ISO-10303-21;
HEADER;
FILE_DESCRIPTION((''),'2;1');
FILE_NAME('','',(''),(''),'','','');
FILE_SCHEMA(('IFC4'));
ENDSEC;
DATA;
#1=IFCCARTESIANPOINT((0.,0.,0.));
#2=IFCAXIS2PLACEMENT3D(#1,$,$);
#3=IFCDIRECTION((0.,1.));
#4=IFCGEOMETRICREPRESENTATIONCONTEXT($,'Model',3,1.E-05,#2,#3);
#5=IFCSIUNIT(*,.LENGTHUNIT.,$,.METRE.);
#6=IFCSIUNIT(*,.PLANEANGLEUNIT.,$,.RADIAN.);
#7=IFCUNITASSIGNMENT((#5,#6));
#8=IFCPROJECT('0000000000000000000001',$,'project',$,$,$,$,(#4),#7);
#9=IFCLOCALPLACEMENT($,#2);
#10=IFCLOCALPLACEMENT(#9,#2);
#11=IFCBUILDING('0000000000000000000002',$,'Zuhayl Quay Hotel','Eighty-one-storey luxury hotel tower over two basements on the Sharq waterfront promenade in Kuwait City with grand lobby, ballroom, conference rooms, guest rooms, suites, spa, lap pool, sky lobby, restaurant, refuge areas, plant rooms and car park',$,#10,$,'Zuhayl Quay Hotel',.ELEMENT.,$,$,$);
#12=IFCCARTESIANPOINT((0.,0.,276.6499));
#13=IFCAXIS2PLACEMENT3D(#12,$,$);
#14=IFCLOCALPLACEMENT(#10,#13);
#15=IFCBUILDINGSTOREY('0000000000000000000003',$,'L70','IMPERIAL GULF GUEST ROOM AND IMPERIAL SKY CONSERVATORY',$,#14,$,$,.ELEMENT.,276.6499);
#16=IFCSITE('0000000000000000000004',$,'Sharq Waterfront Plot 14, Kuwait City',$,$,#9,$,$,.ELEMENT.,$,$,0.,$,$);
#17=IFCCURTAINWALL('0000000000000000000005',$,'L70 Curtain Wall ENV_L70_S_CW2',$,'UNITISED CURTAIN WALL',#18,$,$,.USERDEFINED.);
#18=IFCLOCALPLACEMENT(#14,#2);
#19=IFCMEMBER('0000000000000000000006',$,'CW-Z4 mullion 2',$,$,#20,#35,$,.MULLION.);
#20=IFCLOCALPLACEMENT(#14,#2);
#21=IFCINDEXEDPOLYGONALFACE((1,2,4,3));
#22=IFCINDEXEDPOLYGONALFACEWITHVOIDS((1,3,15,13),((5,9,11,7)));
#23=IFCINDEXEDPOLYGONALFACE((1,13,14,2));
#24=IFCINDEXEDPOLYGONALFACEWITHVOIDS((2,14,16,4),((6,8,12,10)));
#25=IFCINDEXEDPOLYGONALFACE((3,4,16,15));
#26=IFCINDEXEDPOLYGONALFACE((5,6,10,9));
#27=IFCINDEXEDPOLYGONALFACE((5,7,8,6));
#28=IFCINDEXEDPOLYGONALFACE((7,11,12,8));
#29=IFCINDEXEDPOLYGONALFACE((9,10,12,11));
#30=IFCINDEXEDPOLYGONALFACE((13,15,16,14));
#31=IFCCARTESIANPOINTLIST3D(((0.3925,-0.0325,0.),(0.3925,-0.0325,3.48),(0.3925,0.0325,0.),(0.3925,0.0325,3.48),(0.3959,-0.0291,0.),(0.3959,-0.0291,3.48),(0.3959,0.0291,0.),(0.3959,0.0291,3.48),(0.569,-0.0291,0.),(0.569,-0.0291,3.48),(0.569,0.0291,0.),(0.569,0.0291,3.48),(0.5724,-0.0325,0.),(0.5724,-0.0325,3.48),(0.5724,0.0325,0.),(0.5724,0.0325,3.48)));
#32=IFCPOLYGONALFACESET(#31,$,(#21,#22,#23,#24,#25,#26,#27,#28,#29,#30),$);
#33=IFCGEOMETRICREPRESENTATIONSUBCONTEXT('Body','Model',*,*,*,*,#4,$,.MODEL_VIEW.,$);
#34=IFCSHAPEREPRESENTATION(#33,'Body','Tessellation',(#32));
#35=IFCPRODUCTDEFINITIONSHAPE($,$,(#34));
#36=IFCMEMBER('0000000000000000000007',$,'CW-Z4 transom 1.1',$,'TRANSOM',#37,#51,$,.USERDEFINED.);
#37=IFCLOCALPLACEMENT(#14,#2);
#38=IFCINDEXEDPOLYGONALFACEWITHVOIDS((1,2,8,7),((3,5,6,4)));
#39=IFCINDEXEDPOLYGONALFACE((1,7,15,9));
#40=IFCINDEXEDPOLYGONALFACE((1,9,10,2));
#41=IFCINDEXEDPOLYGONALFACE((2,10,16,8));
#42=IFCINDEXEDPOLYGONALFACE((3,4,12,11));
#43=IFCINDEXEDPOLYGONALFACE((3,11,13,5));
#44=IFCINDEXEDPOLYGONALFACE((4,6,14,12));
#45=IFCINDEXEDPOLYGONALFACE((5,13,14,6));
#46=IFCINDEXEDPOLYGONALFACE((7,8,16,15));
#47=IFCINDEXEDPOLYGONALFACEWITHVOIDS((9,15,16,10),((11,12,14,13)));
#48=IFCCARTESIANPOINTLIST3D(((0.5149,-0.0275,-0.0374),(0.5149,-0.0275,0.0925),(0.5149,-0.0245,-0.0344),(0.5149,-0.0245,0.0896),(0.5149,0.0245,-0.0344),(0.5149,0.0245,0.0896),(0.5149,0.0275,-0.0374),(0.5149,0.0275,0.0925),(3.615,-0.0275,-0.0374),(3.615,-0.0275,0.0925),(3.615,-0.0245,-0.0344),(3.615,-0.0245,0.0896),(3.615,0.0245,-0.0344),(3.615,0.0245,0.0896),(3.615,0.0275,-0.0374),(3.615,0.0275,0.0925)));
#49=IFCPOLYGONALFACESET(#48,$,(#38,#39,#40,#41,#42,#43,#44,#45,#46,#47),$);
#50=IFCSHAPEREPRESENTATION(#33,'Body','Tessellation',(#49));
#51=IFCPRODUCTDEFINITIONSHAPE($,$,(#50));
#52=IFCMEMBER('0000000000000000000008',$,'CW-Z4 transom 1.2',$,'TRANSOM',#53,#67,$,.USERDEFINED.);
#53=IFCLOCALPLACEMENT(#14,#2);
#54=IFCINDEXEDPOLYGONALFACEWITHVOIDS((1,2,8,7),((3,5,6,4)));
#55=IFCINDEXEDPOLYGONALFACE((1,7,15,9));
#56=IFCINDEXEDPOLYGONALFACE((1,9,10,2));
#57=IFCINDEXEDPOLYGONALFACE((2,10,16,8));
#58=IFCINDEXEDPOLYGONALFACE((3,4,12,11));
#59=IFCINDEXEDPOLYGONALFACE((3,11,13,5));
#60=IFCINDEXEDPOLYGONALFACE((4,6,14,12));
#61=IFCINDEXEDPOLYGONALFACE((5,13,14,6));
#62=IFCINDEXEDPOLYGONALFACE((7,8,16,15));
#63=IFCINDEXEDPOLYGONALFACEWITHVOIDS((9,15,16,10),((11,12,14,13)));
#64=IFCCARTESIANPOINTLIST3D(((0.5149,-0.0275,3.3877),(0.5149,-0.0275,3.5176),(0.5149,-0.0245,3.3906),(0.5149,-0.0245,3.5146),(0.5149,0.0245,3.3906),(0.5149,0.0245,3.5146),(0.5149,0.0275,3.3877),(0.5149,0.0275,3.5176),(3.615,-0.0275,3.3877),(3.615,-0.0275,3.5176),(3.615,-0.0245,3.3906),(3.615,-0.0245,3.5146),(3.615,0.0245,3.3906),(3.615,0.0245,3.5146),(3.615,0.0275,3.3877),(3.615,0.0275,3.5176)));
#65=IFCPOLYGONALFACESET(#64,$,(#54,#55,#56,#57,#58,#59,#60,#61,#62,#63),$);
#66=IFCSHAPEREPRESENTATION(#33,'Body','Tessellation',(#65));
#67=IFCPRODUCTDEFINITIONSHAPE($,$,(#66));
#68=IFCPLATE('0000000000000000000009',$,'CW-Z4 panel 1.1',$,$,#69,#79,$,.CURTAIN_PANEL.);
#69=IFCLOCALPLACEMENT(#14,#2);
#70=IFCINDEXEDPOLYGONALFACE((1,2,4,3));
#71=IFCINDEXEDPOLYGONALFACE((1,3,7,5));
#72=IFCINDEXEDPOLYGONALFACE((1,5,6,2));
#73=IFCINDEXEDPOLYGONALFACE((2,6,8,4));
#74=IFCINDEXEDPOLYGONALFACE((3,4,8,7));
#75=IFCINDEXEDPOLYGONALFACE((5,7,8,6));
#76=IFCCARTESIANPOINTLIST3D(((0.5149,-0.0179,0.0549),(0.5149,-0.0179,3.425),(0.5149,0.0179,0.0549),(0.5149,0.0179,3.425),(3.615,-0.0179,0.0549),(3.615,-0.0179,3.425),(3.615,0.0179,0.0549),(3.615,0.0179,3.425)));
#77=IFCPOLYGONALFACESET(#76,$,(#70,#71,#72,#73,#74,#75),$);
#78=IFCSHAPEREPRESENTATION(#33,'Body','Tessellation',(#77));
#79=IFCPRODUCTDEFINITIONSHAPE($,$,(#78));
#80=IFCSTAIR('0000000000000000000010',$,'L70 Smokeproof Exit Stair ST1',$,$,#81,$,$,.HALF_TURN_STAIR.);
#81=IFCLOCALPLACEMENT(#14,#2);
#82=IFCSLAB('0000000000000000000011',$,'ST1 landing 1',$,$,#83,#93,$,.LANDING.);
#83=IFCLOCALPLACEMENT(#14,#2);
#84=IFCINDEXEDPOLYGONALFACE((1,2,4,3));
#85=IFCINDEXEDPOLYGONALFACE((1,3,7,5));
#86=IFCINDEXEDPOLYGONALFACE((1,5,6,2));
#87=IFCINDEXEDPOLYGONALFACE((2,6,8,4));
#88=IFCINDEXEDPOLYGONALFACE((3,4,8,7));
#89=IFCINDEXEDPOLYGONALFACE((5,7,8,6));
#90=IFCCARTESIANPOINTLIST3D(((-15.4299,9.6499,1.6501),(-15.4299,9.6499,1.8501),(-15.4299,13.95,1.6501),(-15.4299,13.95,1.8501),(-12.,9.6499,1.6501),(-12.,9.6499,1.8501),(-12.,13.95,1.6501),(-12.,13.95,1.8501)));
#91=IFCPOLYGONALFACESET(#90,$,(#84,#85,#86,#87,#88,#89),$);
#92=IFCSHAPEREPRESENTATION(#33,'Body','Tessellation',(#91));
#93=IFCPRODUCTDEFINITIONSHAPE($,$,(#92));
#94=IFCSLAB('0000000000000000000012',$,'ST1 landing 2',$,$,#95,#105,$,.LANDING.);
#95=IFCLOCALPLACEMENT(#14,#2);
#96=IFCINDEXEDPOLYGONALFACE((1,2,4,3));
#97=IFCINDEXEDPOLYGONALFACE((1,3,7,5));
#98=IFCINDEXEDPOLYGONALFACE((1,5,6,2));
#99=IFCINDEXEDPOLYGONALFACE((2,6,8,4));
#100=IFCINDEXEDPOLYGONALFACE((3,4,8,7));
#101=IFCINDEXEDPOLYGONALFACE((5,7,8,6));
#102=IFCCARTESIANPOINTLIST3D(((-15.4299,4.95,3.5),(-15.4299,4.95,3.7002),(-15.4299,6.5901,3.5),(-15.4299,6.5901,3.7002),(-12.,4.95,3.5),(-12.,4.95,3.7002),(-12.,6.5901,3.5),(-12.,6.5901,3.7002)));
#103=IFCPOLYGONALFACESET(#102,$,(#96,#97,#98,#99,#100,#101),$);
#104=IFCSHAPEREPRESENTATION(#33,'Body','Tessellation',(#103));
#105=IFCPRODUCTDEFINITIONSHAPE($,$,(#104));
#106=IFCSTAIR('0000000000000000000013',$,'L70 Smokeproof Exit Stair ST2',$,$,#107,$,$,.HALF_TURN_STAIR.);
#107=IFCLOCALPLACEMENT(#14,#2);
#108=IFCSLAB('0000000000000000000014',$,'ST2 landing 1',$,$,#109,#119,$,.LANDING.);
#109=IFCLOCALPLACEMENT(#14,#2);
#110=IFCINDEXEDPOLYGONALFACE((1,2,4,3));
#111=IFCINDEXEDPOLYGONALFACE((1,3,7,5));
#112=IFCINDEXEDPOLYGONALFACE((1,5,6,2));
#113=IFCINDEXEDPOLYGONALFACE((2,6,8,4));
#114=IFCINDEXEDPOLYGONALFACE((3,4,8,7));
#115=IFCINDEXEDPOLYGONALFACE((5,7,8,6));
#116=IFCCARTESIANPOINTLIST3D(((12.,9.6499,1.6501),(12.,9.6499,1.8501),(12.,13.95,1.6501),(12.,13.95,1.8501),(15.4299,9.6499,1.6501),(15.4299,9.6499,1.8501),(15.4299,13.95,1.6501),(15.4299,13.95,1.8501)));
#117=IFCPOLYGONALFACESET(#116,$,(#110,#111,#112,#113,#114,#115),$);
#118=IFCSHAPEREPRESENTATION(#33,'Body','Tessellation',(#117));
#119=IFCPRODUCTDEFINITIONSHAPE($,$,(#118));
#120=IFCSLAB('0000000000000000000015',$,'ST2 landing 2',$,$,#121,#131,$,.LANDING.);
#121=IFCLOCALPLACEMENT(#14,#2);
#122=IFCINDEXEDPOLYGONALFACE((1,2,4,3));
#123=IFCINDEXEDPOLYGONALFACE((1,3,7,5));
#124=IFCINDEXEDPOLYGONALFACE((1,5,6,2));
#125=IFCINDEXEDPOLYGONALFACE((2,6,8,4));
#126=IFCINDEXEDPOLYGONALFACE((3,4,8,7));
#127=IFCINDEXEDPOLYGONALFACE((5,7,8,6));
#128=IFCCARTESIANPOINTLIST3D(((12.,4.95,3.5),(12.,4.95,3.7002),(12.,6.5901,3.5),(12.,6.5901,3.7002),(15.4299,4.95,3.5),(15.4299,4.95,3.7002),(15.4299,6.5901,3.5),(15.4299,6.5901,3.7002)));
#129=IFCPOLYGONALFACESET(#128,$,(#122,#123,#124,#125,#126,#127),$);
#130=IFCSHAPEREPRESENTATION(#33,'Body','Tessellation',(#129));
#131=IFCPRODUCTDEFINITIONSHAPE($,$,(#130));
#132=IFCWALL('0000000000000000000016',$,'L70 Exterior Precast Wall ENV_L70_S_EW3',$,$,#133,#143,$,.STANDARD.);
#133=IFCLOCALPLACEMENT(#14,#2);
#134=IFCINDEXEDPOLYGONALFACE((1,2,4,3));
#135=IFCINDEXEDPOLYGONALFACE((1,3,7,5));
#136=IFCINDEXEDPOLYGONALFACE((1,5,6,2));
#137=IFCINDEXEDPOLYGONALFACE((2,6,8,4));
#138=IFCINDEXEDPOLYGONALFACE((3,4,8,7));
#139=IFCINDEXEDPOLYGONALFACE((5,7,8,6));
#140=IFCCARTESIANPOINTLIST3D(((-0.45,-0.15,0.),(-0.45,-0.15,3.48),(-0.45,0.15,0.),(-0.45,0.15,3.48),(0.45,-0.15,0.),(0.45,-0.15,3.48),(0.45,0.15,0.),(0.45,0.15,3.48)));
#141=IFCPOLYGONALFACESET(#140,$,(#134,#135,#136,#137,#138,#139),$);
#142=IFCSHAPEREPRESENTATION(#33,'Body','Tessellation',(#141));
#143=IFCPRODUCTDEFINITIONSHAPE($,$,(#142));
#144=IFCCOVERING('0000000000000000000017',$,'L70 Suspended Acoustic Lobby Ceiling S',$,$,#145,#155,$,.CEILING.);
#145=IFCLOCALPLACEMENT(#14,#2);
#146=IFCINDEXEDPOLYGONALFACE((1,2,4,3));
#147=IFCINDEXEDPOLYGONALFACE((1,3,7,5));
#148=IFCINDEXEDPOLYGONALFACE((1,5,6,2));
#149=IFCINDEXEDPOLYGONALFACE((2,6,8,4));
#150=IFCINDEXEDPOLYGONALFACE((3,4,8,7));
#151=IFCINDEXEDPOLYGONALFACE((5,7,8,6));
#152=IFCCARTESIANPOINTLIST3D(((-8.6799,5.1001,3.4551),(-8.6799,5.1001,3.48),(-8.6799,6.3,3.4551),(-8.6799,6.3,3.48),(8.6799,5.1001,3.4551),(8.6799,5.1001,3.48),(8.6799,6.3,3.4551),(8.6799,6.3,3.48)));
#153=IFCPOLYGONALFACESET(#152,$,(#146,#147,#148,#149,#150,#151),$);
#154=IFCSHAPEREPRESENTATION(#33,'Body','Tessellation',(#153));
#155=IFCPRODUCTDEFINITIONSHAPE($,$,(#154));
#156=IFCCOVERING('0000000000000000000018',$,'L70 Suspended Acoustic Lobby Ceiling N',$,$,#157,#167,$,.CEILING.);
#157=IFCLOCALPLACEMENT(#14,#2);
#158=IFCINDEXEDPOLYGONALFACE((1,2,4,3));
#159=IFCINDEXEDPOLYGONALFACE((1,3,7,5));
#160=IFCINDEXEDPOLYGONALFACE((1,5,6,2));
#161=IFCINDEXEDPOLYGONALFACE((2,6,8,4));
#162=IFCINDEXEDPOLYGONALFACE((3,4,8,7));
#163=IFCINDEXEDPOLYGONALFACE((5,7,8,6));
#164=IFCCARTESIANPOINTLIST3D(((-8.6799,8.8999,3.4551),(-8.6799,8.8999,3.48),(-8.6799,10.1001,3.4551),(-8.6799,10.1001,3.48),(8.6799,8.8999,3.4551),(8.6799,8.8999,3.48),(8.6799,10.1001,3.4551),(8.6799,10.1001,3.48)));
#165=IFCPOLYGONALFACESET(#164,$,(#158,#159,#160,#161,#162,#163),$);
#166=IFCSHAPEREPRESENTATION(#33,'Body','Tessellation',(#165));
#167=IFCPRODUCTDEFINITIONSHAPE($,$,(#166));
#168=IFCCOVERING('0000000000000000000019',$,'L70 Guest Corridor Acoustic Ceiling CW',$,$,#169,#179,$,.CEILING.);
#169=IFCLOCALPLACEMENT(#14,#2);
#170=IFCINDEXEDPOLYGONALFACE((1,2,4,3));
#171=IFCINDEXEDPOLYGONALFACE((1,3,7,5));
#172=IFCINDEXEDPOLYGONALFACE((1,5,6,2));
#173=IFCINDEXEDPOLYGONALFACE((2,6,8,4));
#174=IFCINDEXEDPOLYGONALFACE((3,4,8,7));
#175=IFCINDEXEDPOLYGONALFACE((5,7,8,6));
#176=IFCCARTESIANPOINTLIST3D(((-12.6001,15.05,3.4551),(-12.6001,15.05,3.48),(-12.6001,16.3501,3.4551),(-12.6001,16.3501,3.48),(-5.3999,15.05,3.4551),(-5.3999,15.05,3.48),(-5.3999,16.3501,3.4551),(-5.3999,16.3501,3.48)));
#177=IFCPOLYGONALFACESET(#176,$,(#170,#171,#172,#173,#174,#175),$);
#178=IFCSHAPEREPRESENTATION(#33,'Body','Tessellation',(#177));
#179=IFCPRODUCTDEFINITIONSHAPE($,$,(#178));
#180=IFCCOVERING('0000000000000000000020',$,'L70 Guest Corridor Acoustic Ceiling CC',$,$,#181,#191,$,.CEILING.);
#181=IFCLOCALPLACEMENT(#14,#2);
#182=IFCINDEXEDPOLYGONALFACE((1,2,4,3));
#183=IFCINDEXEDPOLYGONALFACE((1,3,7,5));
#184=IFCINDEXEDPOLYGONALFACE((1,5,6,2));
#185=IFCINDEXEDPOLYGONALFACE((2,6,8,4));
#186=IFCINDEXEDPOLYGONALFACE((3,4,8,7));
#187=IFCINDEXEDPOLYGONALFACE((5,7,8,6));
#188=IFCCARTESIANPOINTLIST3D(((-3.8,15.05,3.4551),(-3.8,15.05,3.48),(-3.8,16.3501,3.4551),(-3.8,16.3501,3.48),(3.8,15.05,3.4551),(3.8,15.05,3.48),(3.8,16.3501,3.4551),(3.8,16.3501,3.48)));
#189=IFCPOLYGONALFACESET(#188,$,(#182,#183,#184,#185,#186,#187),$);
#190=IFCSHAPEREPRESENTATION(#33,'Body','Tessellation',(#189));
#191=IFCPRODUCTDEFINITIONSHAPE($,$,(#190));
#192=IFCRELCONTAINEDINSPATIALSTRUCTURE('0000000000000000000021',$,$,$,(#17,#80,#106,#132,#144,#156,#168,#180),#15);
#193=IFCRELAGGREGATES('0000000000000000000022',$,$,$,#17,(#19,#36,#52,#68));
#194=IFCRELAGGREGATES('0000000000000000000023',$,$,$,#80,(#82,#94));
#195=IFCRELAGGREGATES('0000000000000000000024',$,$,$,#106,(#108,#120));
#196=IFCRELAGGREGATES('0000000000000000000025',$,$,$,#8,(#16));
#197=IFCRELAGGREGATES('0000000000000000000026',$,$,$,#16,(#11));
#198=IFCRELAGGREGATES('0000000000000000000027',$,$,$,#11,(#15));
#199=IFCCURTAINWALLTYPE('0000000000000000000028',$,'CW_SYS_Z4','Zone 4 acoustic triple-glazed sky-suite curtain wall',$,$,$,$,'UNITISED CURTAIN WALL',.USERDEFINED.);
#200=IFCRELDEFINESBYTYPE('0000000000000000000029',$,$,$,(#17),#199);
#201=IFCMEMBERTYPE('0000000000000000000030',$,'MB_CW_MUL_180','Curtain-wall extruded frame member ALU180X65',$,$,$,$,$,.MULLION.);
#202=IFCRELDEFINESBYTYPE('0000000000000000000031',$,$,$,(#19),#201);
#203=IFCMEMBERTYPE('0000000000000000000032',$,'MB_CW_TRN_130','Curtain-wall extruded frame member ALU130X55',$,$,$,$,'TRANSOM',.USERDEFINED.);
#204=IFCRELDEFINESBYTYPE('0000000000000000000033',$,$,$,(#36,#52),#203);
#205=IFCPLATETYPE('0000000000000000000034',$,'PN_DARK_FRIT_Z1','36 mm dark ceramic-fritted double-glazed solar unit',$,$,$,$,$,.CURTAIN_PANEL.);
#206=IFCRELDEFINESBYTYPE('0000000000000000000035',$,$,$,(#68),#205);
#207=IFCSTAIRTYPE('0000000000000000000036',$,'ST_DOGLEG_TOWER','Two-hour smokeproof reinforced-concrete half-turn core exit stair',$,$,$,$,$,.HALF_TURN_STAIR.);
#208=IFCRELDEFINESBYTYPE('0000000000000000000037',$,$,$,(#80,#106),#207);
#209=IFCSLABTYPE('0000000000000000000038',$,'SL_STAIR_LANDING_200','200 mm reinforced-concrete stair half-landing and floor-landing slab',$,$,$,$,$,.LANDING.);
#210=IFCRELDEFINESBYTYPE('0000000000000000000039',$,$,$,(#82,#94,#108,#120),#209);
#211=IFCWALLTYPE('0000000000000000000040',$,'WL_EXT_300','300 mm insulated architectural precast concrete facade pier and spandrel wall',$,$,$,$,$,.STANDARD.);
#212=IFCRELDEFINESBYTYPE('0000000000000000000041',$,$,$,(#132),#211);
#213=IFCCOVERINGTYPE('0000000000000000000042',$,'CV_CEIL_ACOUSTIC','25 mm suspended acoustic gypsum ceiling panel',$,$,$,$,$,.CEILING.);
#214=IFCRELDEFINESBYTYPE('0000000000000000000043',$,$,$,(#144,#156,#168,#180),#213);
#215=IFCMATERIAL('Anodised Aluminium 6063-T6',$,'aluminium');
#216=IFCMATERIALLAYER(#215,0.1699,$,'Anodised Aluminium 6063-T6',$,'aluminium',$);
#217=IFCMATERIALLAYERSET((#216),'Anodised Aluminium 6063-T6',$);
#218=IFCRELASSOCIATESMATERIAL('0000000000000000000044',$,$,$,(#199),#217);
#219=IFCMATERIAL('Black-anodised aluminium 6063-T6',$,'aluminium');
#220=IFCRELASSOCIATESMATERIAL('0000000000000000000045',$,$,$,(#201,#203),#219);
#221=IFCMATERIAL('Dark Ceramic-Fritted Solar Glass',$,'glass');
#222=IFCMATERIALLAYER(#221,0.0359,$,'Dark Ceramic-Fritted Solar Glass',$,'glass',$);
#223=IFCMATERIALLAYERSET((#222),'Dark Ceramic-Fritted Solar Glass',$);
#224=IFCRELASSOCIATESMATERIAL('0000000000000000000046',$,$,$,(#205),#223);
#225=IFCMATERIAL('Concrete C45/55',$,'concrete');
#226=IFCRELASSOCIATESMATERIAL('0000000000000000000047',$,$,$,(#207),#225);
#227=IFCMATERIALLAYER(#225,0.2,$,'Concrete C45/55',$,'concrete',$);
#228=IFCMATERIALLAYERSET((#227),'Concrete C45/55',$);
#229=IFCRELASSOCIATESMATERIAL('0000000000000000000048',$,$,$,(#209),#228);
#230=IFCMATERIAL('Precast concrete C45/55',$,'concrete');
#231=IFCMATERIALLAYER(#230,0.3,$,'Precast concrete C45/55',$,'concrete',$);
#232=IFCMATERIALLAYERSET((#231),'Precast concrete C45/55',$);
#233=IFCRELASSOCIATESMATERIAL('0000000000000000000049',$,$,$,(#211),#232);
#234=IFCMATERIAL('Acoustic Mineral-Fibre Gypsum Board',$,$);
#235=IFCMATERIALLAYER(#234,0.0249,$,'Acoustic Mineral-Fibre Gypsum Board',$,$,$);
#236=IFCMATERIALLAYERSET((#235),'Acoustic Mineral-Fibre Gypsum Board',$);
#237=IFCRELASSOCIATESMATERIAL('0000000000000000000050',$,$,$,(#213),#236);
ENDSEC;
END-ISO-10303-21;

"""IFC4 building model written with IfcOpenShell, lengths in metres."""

from ifc_helpers import new_model, si_unit, direction, frame, frame_2d, origin, origin_2d, place, context, subcontext, project, spatial, polyline, rectangle, hollow_rectangle, outline, extrude, material, layer, layer_set, material_profile, profile_set, type_object, element, aggregate, save


model = new_model("IFC4")

# Units and contexts
model_context = context("Model", 3, precision=1e-05, world=origin(), true_north=direction((0.0, 1.0)))
body_context = subcontext(model_context, "Body", "Model", "MODEL_VIEW")
ifc_project = project(units=[si_unit("LENGTHUNIT", "METRE"), si_unit("PLANEANGLEUNIT", "RADIAN")], contexts=[model_context])

# Site, building, storey
site_placement = place(None, origin())
site = spatial("IfcSite", under=ifc_project, at=site_placement, Name="Sharq Waterfront Plot 14, Kuwait City", CompositionType="ELEMENT", RefElevation=0.0)
building_placement = place(site_placement, origin())
building = spatial("IfcBuilding", under=site, at=building_placement, Name="Zuhayl Quay Hotel", Description="Eighty-one-storey luxury hotel tower over two basements on the Sharq waterfront promenade in Kuwait City with grand lobby, ballroom, conference rooms, guest rooms, suites, spa, lap pool, sky lobby, restaurant, refuge areas, plant rooms and car park", LongName="Zuhayl Quay Hotel", CompositionType="ELEMENT")
storey_placement = place(building_placement, frame((0.0, 0.0, 276.6499)))
storey = spatial("IfcBuildingStorey", under=building, at=storey_placement, Name="L70", Description="IMPERIAL GULF GUEST ROOM AND IMPERIAL SKY CONSERVATORY", CompositionType="ELEMENT", Elevation=276.6499)

# Curtain wall, members, plate
ifc_material_1 = material(Name="Anodised Aluminium 6063-T6", Category="aluminium")
ifc_layer_1 = layer(ifc_material_1, 0.1699, Name="Anodised Aluminium 6063-T6", Category="aluminium")
ifc_layer_set_1 = layer_set([ifc_layer_1], Name="Anodised Aluminium 6063-T6")
curtain_wall_type = type_object("IfcCurtainWallType", Name="CW_SYS_Z4", Description="Zone 4 acoustic triple-glazed sky-suite curtain wall", ElementType="UNITISED CURTAIN WALL", PredefinedType="USERDEFINED", material=ifc_layer_set_1)
curtain_wall_placement = place(storey_placement, origin())
curtain_wall = element("IfcCurtainWall", 1, at=curtain_wall_placement, inside=storey, type_object=curtain_wall_type, Name="L70 Curtain Wall ENV_L70_S_CW2", ObjectType="UNITISED CURTAIN WALL", PredefinedType="USERDEFINED")
ifc_material_2 = material(Name="Black-anodised aluminium 6063-T6", Category="aluminium")
ifc_material_profile_1 = material_profile(ifc_material_2, hollow_rectangle(XDim=0.0649, YDim=0.1799, WallThickness=0.0034, at=origin_2d()), Name="ALU180X65")
ifc_profile_set_1 = profile_set([ifc_material_profile_1], Name="Black-anodised aluminium 6063-T6")
member_type_1 = type_object("IfcMemberType", Name="MB_CW_MUL_180", Description="Curtain-wall extruded frame member ALU180X65", PredefinedType="MULLION", material=ifc_profile_set_1)
member_1_placement = place(storey_placement, frame((0.4824, 0.0, 0.0), z_axis=(0.0, 0.0, 1.0), x_axis=(0.0, -1.0, 0.0)))
member_1 = element("IfcMember", 2, at=member_1_placement, type_object=member_type_1, Name="CW-Z4 mullion 2", PredefinedType="MULLION", context=body_context, shape_type="SweptSolid", body=[
    extrude(hollow_rectangle(XDim=0.0649, YDim=0.1799, WallThickness=0.0034, at=origin_2d()), origin(), (0.0, 0.0, 1.0), 3.48),
])
ifc_material_profile_2 = material_profile(ifc_material_2, hollow_rectangle(XDim=0.0549, YDim=0.1299, WallThickness=0.0029, at=origin_2d()), Name="ALU130X55")
ifc_profile_set_2 = profile_set([ifc_material_profile_2], Name="Black-anodised aluminium 6063-T6")
member_type_2 = type_object("IfcMemberType", Name="MB_CW_TRN_130", Description="Curtain-wall extruded frame member ALU130X55", ElementType="TRANSOM", PredefinedType="USERDEFINED", material=ifc_profile_set_2)
member_2_placement = place(storey_placement, frame((3.615, 0.0, 0.0276), z_axis=(-1.0, 0.0, 0.0), x_axis=(0.0, -1.0, 0.0)))
member_2 = element("IfcMember", 3, at=member_2_placement, type_object=member_type_2, Name="CW-Z4 transom 1.1", ObjectType="TRANSOM", PredefinedType="USERDEFINED", context=body_context, shape_type="SweptSolid", body=[
    extrude(hollow_rectangle(XDim=0.0549, YDim=0.1299, WallThickness=0.0029, at=origin_2d()), origin(), (0.0, 0.0, 1.0), 3.1001),
])
member_3_placement = place(storey_placement, frame((3.615, 0.0, 3.4526), z_axis=(-1.0, 0.0, 0.0), x_axis=(0.0, -1.0, 0.0)))
member_3 = element("IfcMember", 4, at=member_3_placement, type_object=member_type_2, Name="CW-Z4 transom 1.2", ObjectType="TRANSOM", PredefinedType="USERDEFINED", context=body_context, shape_type="SweptSolid", body=[
    extrude(hollow_rectangle(XDim=0.0549, YDim=0.1299, WallThickness=0.0029, at=origin_2d()), origin(), (0.0, 0.0, 1.0), 3.1001),
])
ifc_material_3 = material(Name="Dark Ceramic-Fritted Solar Glass", Category="glass")
ifc_layer_2 = layer(ifc_material_3, 0.0359, Name="Dark Ceramic-Fritted Solar Glass", Category="glass")
ifc_layer_set_2 = layer_set([ifc_layer_2], Name="Dark Ceramic-Fritted Solar Glass")
plate_type = type_object("IfcPlateType", Name="PN_DARK_FRIT_Z1", Description="36 mm dark ceramic-fritted double-glazed solar unit", PredefinedType="CURTAIN_PANEL", material=ifc_layer_set_2)
plate_placement = place(storey_placement, frame((2.0649, 0.0, 0.0549), z_axis=(0.0, 0.0, 1.0), x_axis=(-1.0, 0.0, 0.0)))
plate = element("IfcPlate", 5, at=plate_placement, type_object=plate_type, Name="CW-Z4 panel 1.1", PredefinedType="CURTAIN_PANEL", context=body_context, shape_type="SweptSolid", body=[
    extrude(rectangle(XDim=3.1001, YDim=0.0359, at=origin_2d()), origin(), (0.0, 0.0, 1.0), 3.3701),
])
aggregate(curtain_wall, [member_1, member_2, member_3, plate])

# Stairs, slabs
ifc_material_4 = material(Name="Concrete C45/55", Category="concrete")
stair_type = type_object("IfcStairType", Name="ST_DOGLEG_TOWER", Description="Two-hour smokeproof reinforced-concrete half-turn core exit stair", PredefinedType="HALF_TURN_STAIR", material=ifc_material_4)
stair_1_placement = place(storey_placement, origin())
stair_1 = element("IfcStair", 6, at=stair_1_placement, inside=storey, type_object=stair_type, Name="L70 Smokeproof Exit Stair ST1", PredefinedType="HALF_TURN_STAIR")
ifc_layer_3 = layer(ifc_material_4, 0.2, Name="Concrete C45/55", Category="concrete")
ifc_layer_set_3 = layer_set([ifc_layer_3], Name="Concrete C45/55")
slab_type = type_object("IfcSlabType", Name="SL_STAIR_LANDING_200", Description="200 mm reinforced-concrete stair half-landing and floor-landing slab", PredefinedType="LANDING", material=ifc_layer_set_3)
slab_1_placement = place(storey_placement, frame((0.0, 0.0, 1.6501)))
slab_1 = element("IfcSlab", 7, at=slab_1_placement, type_object=slab_type, Name="ST1 landing 1", PredefinedType="LANDING", context=body_context, shape_type="SweptSolid", body=[
    extrude(outline(polyline([(-12.0, 9.6499), (-12.0, 13.95), (-15.4299, 13.95), (-15.4299, 9.6499), (-12.0, 9.6499)])), origin(), (0.0, 0.0, 1.0), 0.2),
])
slab_2_placement = place(storey_placement, frame((0.0, 0.0, 3.5)))
slab_2 = element("IfcSlab", 8, at=slab_2_placement, type_object=slab_type, Name="ST1 landing 2", PredefinedType="LANDING", context=body_context, shape_type="SweptSolid", body=[
    extrude(outline(polyline([(-12.0, 4.95), (-12.0, 6.5901), (-15.4299, 6.5901), (-15.4299, 4.95), (-12.0, 4.95)])), origin(), (0.0, 0.0, 1.0), 0.2002),
])
aggregate(stair_1, [slab_1, slab_2])
stair_2_placement = place(storey_placement, origin())
stair_2 = element("IfcStair", 9, at=stair_2_placement, inside=storey, type_object=stair_type, Name="L70 Smokeproof Exit Stair ST2", PredefinedType="HALF_TURN_STAIR")
slab_3_placement = place(storey_placement, frame((0.0, 0.0, 1.6501)))
slab_3 = element("IfcSlab", 10, at=slab_3_placement, type_object=slab_type, Name="ST2 landing 1", PredefinedType="LANDING", context=body_context, shape_type="SweptSolid", body=[
    extrude(outline(polyline([(15.4299, 9.6499), (15.4299, 13.95), (12.0, 13.95), (12.0, 9.6499), (15.4299, 9.6499)])), origin(), (0.0, 0.0, 1.0), 0.2),
])
slab_4_placement = place(storey_placement, frame((0.0, 0.0, 3.5)))
slab_4 = element("IfcSlab", 11, at=slab_4_placement, type_object=slab_type, Name="ST2 landing 2", PredefinedType="LANDING", context=body_context, shape_type="SweptSolid", body=[
    extrude(outline(polyline([(15.4299, 4.95), (15.4299, 6.5901), (12.0, 6.5901), (12.0, 4.95), (15.4299, 4.95)])), origin(), (0.0, 0.0, 1.0), 0.2002),
])
aggregate(stair_2, [slab_3, slab_4])

# Wall
ifc_material_5 = material(Name="Precast concrete C45/55", Category="concrete")
ifc_layer_4 = layer(ifc_material_5, 0.3, Name="Precast concrete C45/55", Category="concrete")
ifc_layer_set_4 = layer_set([ifc_layer_4], Name="Precast concrete C45/55")
wall_type = type_object("IfcWallType", Name="WL_EXT_300", Description="300 mm insulated architectural precast concrete facade pier and spandrel wall", PredefinedType="STANDARD", material=ifc_layer_set_4)
wall_placement = place(storey_placement, frame((0.45, 0.0, 0.0), z_axis=(0.0, 0.0, 1.0), x_axis=(-1.0, 0.0, 0.0)))
element("IfcWall", 12, at=wall_placement, inside=storey, type_object=wall_type, Name="L70 Exterior Precast Wall ENV_L70_S_EW3", PredefinedType="STANDARD", context=body_context, shape_type="SweptSolid", body=[
    extrude(rectangle(XDim=0.8999, YDim=0.3, at=frame_2d((0.45, 0.0))), origin(), (0.0, 0.0, 1.0), 3.48),
])

# Coverings
ifc_material_6 = material(Name="Acoustic Mineral-Fibre Gypsum Board")
ifc_layer_5 = layer(ifc_material_6, 0.0249, Name="Acoustic Mineral-Fibre Gypsum Board")
ifc_layer_set_5 = layer_set([ifc_layer_5], Name="Acoustic Mineral-Fibre Gypsum Board")
covering_type_1 = type_object("IfcCoveringType", Name="CV_CEIL_ACOUSTIC", Description="25 mm suspended acoustic gypsum ceiling panel", PredefinedType="CEILING", material=ifc_layer_set_5)
covering_1_placement = place(storey_placement, frame((0.0, 0.0, 3.4551)))
element("IfcCovering", 13, at=covering_1_placement, inside=storey, type_object=covering_type_1, Name="L70 Suspended Acoustic Lobby Ceiling S", PredefinedType="CEILING", context=body_context, shape_type="SweptSolid", body=[
    extrude(outline(polyline([(-8.6799, 5.1001), (8.6799, 5.1001), (8.6799, 6.3), (-8.6799, 6.3), (-8.6799, 5.1001)])), origin(), (0.0, 0.0, 1.0), 0.0249),
])
covering_2_placement = place(storey_placement, frame((0.0, 0.0, 3.4551)))
element("IfcCovering", 14, at=covering_2_placement, inside=storey, type_object=covering_type_1, Name="L70 Suspended Acoustic Lobby Ceiling N", PredefinedType="CEILING", context=body_context, shape_type="SweptSolid", body=[
    extrude(outline(polyline([(-8.6799, 8.8999), (8.6799, 8.8999), (8.6799, 10.1001), (-8.6799, 10.1001), (-8.6799, 8.8999)])), origin(), (0.0, 0.0, 1.0), 0.0249),
])
covering_3_placement = place(storey_placement, frame((0.0, 0.0, 3.4551)))
element("IfcCovering", 15, at=covering_3_placement, inside=storey, type_object=covering_type_1, Name="L70 Guest Corridor Acoustic Ceiling CW", PredefinedType="CEILING", context=body_context, shape_type="SweptSolid", body=[
    extrude(outline(polyline([(-12.6001, 15.05), (-5.3999, 15.05), (-5.3999, 16.3501), (-12.6001, 16.3501), (-12.6001, 15.05)])), origin(), (0.0, 0.0, 1.0), 0.0249),
])
covering_4_placement = place(storey_placement, frame((0.0, 0.0, 3.4551)))
element("IfcCovering", 16, at=covering_4_placement, inside=storey, type_object=covering_type_1, Name="L70 Guest Corridor Acoustic Ceiling CC", PredefinedType="CEILING", context=body_context, shape_type="SweptSolid", body=[
    extrude(outline(polyline([(-3.8, 15.05), (3.8, 15.05), (3.8, 16.3501), (-3.8, 16.3501), (-3.8, 15.05)])), origin(), (0.0, 0.0, 1.0), 0.0249),
])

save(model, "model.ifc")
